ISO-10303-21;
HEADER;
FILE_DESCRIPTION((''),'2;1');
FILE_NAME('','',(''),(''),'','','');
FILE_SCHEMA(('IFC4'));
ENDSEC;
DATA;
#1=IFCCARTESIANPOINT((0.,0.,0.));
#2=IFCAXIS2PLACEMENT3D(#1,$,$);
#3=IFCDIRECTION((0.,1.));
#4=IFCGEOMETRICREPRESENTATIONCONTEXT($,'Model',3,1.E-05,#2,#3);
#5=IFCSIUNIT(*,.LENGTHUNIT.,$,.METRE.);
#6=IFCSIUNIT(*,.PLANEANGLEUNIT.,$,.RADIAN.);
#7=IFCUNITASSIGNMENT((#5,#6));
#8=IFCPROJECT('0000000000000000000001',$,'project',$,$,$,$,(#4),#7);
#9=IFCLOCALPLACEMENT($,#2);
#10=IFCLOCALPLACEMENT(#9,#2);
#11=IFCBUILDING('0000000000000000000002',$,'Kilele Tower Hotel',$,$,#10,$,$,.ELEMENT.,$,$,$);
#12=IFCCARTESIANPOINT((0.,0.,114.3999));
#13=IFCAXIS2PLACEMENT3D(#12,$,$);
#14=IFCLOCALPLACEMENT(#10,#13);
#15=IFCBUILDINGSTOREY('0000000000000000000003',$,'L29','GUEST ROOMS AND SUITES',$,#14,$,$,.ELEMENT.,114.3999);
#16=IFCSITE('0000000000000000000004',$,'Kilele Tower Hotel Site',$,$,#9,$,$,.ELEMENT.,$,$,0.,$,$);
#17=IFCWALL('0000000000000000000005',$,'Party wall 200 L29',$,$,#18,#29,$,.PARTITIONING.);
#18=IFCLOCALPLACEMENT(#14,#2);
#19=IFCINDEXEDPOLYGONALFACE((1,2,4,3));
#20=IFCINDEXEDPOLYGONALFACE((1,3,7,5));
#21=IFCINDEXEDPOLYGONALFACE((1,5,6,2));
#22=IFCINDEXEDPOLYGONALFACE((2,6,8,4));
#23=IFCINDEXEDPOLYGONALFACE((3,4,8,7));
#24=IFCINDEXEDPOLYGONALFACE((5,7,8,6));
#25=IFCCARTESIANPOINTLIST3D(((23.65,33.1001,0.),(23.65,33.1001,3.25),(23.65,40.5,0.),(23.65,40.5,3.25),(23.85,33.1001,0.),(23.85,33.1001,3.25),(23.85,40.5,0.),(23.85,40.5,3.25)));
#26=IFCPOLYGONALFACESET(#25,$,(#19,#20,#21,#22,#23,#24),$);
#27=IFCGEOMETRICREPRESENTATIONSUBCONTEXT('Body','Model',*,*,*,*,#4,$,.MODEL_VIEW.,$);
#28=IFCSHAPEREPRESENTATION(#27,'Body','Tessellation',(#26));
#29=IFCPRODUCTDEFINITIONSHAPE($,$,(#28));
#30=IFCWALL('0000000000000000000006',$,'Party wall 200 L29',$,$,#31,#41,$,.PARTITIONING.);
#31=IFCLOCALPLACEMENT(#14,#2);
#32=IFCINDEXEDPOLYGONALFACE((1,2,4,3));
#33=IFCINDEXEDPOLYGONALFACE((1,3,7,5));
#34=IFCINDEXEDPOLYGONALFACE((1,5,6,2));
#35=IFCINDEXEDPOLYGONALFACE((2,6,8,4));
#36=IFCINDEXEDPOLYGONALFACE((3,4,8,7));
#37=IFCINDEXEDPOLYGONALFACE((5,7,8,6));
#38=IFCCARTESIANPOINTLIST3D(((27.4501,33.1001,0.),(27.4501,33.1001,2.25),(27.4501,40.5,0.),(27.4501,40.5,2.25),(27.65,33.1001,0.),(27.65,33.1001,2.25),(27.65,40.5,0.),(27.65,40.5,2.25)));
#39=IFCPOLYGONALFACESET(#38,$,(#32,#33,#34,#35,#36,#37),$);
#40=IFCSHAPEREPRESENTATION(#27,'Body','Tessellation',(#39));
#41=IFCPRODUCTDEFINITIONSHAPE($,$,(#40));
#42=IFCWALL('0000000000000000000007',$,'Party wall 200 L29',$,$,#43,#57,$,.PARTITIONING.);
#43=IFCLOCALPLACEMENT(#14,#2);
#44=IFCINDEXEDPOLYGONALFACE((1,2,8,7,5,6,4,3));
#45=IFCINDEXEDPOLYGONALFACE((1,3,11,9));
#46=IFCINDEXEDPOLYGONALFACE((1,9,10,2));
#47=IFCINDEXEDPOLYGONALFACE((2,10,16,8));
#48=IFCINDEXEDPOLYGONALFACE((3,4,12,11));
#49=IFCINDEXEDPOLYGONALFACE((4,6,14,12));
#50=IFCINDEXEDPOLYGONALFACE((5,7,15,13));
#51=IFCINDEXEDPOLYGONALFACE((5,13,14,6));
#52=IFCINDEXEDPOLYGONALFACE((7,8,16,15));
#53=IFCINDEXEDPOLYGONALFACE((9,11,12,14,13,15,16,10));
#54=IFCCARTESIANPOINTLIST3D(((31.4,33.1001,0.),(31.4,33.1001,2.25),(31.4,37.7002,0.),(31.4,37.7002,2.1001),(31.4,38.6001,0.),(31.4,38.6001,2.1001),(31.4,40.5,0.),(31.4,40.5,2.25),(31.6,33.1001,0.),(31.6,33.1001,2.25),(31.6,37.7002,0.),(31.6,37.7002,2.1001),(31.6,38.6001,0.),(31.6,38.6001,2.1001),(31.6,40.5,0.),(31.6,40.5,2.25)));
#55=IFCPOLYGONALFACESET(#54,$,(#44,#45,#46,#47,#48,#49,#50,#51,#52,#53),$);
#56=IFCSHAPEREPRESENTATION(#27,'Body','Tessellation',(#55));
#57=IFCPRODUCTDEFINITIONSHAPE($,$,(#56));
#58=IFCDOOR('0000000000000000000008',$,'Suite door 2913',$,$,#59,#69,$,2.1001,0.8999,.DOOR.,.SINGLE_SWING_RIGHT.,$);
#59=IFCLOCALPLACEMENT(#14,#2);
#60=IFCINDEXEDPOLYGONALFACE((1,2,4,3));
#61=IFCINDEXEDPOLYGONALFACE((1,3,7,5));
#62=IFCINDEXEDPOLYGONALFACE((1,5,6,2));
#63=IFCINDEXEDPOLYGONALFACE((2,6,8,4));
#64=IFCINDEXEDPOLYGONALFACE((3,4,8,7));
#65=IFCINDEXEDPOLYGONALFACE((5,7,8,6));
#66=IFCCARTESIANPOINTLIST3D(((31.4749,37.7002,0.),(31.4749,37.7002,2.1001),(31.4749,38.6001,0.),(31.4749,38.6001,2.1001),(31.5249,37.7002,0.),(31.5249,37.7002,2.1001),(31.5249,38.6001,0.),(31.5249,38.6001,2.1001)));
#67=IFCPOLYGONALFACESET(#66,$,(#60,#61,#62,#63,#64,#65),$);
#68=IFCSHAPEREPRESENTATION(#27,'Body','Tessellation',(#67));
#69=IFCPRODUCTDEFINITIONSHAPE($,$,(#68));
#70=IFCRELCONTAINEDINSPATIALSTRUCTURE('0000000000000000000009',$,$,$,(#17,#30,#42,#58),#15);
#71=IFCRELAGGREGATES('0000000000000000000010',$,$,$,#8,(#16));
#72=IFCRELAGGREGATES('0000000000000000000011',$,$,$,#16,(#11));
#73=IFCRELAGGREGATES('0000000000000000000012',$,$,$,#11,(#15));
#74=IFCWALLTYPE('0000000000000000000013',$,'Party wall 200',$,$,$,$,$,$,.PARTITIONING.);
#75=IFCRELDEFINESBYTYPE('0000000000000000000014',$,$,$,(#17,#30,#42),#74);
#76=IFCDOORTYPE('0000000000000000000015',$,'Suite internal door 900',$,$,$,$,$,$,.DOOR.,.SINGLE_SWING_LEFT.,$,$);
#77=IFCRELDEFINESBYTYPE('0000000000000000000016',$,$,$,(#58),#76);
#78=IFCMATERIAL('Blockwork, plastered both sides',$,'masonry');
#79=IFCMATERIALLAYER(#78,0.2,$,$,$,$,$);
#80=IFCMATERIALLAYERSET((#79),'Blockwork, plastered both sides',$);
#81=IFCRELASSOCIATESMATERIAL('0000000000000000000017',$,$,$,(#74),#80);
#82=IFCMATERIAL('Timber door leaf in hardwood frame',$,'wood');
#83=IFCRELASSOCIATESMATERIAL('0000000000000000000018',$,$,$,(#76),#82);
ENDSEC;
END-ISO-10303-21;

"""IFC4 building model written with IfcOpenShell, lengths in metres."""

from ifc_helpers import new_model, si_unit, direction, frame, frame_2d, origin, place, context, subcontext, project, spatial, rectangle, extrude, material, layer, layer_set, type_object, element, fill, save


model = new_model("IFC4")

# Units and contexts
model_context = context("Model", 3, precision=1e-05, world=origin(), true_north=direction((0.0, 1.0)))
body_context = subcontext(model_context, "Body", "Model", "MODEL_VIEW")
ifc_project = project(units=[si_unit("LENGTHUNIT", "METRE"), si_unit("PLANEANGLEUNIT", "RADIAN")], contexts=[model_context])

# Site, building, storey
site_placement = place(None, origin())
site = spatial("IfcSite", under=ifc_project, at=site_placement, Name="Kilele Tower Hotel Site", CompositionType="ELEMENT", RefElevation=0.0)
building_placement = place(site_placement, origin())
building = spatial("IfcBuilding", under=site, at=building_placement, Name="Kilele Tower Hotel", CompositionType="ELEMENT")
storey_placement = place(building_placement, frame((0.0, 0.0, 114.3999)))
storey = spatial("IfcBuildingStorey", under=building, at=storey_placement, Name="L29", Description="GUEST ROOMS AND SUITES", CompositionType="ELEMENT", Elevation=114.3999)

# Walls
ifc_material_1 = material(Name="Blockwork, plastered both sides", Category="masonry")
ifc_layer_1 = layer(ifc_material_1, 0.2)
ifc_layer_set_1 = layer_set([ifc_layer_1], Name="Blockwork, plastered both sides")
wall_type_1 = type_object("IfcWallType", Name="Party wall 200", PredefinedType="PARTITIONING", material=ifc_layer_set_1)
wall_1_placement = place(storey_placement, frame((23.75, 33.1001, 0.0), z_axis=(0.0, 0.0, 1.0), x_axis=(0.0, 1.0, 0.0)))
element("IfcWall", 1, at=wall_1_placement, inside=storey, type_object=wall_type_1, Name="Party wall 200 L29", PredefinedType="PARTITIONING", context=body_context, shape_type="SweptSolid", body=[
    extrude(rectangle(XDim=7.3999, YDim=0.2, at=frame_2d((3.7, 0.0))), origin(), (0.0, 0.0, 1.0), 3.25),
])
wall_2_placement = place(storey_placement, frame((27.55, 33.1001, 0.0), z_axis=(0.0, 0.0, 1.0), x_axis=(0.0, 1.0, 0.0)))
element("IfcWall", 2, at=wall_2_placement, inside=storey, type_object=wall_type_1, Name="Party wall 200 L29", PredefinedType="PARTITIONING", context=body_context, shape_type="SweptSolid", body=[
    extrude(rectangle(XDim=7.3999, YDim=0.2, at=frame_2d((3.7, 0.0))), origin(), (0.0, 0.0, 1.0), 2.25),
])

# Wall, opening, door
wall_3_placement = place(storey_placement, frame((31.5, 33.1001, 0.0), z_axis=(0.0, 0.0, 1.0), x_axis=(0.0, 1.0, 0.0)))
wall_3 = element("IfcWall", 3, at=wall_3_placement, inside=storey, type_object=wall_type_1, Name="Party wall 200 L29", PredefinedType="PARTITIONING", context=body_context, shape_type="SweptSolid", body=[
    extrude(rectangle(XDim=7.3999, YDim=0.2, at=frame_2d((3.7, 0.0))), origin(), (0.0, 0.0, 1.0), 2.25),
])
opening_1_placement = place(wall_3_placement, frame((5.5, 0.0, 0.0), z_axis=(0.0, 0.0, 1.0), x_axis=(-1.0, 0.0, 0.0)))
opening_1 = element("IfcOpeningElement", 4, at=opening_1_placement, cuts=wall_3, PredefinedType="OPENING", context=body_context, shape_type="SweptSolid", body=[
    extrude(rectangle(XDim=0.8999, YDim=2.1001, at=frame_2d((0.45, 1.05))), frame((0.0, 0.1099, 0.0), z_axis=(0.0, -1.0, 0.0), x_axis=(1.0, 0.0, 0.0)), (0.0, 0.0, 1.0), 0.22),
])
ifc_material_2 = material(Name="Timber door leaf in hardwood frame", Category="wood")
door_type_1 = type_object("IfcDoorType", Name="Suite internal door 900", OperationType="SINGLE_SWING_LEFT", PredefinedType="DOOR", material=ifc_material_2)
door_1_placement = place(opening_1_placement, origin())
door_1 = element("IfcDoor", 5, at=door_1_placement, inside=storey, type_object=door_type_1, Name="Suite door 2913", OperationType="SINGLE_SWING_RIGHT", OverallHeight=2.1001, OverallWidth=0.8999, PredefinedType="DOOR", context=body_context, shape_type="SweptSolid", body=[
    extrude(rectangle(XDim=0.8999, YDim=2.1001, at=frame_2d((0.45, 1.05))), frame((0.0, 0.0249, 0.0), z_axis=(0.0, -1.0, 0.0), x_axis=(1.0, 0.0, 0.0)), (0.0, 0.0, 1.0), 0.05),
])
fill(opening_1, door_1)

save(model, "model.ifc")
